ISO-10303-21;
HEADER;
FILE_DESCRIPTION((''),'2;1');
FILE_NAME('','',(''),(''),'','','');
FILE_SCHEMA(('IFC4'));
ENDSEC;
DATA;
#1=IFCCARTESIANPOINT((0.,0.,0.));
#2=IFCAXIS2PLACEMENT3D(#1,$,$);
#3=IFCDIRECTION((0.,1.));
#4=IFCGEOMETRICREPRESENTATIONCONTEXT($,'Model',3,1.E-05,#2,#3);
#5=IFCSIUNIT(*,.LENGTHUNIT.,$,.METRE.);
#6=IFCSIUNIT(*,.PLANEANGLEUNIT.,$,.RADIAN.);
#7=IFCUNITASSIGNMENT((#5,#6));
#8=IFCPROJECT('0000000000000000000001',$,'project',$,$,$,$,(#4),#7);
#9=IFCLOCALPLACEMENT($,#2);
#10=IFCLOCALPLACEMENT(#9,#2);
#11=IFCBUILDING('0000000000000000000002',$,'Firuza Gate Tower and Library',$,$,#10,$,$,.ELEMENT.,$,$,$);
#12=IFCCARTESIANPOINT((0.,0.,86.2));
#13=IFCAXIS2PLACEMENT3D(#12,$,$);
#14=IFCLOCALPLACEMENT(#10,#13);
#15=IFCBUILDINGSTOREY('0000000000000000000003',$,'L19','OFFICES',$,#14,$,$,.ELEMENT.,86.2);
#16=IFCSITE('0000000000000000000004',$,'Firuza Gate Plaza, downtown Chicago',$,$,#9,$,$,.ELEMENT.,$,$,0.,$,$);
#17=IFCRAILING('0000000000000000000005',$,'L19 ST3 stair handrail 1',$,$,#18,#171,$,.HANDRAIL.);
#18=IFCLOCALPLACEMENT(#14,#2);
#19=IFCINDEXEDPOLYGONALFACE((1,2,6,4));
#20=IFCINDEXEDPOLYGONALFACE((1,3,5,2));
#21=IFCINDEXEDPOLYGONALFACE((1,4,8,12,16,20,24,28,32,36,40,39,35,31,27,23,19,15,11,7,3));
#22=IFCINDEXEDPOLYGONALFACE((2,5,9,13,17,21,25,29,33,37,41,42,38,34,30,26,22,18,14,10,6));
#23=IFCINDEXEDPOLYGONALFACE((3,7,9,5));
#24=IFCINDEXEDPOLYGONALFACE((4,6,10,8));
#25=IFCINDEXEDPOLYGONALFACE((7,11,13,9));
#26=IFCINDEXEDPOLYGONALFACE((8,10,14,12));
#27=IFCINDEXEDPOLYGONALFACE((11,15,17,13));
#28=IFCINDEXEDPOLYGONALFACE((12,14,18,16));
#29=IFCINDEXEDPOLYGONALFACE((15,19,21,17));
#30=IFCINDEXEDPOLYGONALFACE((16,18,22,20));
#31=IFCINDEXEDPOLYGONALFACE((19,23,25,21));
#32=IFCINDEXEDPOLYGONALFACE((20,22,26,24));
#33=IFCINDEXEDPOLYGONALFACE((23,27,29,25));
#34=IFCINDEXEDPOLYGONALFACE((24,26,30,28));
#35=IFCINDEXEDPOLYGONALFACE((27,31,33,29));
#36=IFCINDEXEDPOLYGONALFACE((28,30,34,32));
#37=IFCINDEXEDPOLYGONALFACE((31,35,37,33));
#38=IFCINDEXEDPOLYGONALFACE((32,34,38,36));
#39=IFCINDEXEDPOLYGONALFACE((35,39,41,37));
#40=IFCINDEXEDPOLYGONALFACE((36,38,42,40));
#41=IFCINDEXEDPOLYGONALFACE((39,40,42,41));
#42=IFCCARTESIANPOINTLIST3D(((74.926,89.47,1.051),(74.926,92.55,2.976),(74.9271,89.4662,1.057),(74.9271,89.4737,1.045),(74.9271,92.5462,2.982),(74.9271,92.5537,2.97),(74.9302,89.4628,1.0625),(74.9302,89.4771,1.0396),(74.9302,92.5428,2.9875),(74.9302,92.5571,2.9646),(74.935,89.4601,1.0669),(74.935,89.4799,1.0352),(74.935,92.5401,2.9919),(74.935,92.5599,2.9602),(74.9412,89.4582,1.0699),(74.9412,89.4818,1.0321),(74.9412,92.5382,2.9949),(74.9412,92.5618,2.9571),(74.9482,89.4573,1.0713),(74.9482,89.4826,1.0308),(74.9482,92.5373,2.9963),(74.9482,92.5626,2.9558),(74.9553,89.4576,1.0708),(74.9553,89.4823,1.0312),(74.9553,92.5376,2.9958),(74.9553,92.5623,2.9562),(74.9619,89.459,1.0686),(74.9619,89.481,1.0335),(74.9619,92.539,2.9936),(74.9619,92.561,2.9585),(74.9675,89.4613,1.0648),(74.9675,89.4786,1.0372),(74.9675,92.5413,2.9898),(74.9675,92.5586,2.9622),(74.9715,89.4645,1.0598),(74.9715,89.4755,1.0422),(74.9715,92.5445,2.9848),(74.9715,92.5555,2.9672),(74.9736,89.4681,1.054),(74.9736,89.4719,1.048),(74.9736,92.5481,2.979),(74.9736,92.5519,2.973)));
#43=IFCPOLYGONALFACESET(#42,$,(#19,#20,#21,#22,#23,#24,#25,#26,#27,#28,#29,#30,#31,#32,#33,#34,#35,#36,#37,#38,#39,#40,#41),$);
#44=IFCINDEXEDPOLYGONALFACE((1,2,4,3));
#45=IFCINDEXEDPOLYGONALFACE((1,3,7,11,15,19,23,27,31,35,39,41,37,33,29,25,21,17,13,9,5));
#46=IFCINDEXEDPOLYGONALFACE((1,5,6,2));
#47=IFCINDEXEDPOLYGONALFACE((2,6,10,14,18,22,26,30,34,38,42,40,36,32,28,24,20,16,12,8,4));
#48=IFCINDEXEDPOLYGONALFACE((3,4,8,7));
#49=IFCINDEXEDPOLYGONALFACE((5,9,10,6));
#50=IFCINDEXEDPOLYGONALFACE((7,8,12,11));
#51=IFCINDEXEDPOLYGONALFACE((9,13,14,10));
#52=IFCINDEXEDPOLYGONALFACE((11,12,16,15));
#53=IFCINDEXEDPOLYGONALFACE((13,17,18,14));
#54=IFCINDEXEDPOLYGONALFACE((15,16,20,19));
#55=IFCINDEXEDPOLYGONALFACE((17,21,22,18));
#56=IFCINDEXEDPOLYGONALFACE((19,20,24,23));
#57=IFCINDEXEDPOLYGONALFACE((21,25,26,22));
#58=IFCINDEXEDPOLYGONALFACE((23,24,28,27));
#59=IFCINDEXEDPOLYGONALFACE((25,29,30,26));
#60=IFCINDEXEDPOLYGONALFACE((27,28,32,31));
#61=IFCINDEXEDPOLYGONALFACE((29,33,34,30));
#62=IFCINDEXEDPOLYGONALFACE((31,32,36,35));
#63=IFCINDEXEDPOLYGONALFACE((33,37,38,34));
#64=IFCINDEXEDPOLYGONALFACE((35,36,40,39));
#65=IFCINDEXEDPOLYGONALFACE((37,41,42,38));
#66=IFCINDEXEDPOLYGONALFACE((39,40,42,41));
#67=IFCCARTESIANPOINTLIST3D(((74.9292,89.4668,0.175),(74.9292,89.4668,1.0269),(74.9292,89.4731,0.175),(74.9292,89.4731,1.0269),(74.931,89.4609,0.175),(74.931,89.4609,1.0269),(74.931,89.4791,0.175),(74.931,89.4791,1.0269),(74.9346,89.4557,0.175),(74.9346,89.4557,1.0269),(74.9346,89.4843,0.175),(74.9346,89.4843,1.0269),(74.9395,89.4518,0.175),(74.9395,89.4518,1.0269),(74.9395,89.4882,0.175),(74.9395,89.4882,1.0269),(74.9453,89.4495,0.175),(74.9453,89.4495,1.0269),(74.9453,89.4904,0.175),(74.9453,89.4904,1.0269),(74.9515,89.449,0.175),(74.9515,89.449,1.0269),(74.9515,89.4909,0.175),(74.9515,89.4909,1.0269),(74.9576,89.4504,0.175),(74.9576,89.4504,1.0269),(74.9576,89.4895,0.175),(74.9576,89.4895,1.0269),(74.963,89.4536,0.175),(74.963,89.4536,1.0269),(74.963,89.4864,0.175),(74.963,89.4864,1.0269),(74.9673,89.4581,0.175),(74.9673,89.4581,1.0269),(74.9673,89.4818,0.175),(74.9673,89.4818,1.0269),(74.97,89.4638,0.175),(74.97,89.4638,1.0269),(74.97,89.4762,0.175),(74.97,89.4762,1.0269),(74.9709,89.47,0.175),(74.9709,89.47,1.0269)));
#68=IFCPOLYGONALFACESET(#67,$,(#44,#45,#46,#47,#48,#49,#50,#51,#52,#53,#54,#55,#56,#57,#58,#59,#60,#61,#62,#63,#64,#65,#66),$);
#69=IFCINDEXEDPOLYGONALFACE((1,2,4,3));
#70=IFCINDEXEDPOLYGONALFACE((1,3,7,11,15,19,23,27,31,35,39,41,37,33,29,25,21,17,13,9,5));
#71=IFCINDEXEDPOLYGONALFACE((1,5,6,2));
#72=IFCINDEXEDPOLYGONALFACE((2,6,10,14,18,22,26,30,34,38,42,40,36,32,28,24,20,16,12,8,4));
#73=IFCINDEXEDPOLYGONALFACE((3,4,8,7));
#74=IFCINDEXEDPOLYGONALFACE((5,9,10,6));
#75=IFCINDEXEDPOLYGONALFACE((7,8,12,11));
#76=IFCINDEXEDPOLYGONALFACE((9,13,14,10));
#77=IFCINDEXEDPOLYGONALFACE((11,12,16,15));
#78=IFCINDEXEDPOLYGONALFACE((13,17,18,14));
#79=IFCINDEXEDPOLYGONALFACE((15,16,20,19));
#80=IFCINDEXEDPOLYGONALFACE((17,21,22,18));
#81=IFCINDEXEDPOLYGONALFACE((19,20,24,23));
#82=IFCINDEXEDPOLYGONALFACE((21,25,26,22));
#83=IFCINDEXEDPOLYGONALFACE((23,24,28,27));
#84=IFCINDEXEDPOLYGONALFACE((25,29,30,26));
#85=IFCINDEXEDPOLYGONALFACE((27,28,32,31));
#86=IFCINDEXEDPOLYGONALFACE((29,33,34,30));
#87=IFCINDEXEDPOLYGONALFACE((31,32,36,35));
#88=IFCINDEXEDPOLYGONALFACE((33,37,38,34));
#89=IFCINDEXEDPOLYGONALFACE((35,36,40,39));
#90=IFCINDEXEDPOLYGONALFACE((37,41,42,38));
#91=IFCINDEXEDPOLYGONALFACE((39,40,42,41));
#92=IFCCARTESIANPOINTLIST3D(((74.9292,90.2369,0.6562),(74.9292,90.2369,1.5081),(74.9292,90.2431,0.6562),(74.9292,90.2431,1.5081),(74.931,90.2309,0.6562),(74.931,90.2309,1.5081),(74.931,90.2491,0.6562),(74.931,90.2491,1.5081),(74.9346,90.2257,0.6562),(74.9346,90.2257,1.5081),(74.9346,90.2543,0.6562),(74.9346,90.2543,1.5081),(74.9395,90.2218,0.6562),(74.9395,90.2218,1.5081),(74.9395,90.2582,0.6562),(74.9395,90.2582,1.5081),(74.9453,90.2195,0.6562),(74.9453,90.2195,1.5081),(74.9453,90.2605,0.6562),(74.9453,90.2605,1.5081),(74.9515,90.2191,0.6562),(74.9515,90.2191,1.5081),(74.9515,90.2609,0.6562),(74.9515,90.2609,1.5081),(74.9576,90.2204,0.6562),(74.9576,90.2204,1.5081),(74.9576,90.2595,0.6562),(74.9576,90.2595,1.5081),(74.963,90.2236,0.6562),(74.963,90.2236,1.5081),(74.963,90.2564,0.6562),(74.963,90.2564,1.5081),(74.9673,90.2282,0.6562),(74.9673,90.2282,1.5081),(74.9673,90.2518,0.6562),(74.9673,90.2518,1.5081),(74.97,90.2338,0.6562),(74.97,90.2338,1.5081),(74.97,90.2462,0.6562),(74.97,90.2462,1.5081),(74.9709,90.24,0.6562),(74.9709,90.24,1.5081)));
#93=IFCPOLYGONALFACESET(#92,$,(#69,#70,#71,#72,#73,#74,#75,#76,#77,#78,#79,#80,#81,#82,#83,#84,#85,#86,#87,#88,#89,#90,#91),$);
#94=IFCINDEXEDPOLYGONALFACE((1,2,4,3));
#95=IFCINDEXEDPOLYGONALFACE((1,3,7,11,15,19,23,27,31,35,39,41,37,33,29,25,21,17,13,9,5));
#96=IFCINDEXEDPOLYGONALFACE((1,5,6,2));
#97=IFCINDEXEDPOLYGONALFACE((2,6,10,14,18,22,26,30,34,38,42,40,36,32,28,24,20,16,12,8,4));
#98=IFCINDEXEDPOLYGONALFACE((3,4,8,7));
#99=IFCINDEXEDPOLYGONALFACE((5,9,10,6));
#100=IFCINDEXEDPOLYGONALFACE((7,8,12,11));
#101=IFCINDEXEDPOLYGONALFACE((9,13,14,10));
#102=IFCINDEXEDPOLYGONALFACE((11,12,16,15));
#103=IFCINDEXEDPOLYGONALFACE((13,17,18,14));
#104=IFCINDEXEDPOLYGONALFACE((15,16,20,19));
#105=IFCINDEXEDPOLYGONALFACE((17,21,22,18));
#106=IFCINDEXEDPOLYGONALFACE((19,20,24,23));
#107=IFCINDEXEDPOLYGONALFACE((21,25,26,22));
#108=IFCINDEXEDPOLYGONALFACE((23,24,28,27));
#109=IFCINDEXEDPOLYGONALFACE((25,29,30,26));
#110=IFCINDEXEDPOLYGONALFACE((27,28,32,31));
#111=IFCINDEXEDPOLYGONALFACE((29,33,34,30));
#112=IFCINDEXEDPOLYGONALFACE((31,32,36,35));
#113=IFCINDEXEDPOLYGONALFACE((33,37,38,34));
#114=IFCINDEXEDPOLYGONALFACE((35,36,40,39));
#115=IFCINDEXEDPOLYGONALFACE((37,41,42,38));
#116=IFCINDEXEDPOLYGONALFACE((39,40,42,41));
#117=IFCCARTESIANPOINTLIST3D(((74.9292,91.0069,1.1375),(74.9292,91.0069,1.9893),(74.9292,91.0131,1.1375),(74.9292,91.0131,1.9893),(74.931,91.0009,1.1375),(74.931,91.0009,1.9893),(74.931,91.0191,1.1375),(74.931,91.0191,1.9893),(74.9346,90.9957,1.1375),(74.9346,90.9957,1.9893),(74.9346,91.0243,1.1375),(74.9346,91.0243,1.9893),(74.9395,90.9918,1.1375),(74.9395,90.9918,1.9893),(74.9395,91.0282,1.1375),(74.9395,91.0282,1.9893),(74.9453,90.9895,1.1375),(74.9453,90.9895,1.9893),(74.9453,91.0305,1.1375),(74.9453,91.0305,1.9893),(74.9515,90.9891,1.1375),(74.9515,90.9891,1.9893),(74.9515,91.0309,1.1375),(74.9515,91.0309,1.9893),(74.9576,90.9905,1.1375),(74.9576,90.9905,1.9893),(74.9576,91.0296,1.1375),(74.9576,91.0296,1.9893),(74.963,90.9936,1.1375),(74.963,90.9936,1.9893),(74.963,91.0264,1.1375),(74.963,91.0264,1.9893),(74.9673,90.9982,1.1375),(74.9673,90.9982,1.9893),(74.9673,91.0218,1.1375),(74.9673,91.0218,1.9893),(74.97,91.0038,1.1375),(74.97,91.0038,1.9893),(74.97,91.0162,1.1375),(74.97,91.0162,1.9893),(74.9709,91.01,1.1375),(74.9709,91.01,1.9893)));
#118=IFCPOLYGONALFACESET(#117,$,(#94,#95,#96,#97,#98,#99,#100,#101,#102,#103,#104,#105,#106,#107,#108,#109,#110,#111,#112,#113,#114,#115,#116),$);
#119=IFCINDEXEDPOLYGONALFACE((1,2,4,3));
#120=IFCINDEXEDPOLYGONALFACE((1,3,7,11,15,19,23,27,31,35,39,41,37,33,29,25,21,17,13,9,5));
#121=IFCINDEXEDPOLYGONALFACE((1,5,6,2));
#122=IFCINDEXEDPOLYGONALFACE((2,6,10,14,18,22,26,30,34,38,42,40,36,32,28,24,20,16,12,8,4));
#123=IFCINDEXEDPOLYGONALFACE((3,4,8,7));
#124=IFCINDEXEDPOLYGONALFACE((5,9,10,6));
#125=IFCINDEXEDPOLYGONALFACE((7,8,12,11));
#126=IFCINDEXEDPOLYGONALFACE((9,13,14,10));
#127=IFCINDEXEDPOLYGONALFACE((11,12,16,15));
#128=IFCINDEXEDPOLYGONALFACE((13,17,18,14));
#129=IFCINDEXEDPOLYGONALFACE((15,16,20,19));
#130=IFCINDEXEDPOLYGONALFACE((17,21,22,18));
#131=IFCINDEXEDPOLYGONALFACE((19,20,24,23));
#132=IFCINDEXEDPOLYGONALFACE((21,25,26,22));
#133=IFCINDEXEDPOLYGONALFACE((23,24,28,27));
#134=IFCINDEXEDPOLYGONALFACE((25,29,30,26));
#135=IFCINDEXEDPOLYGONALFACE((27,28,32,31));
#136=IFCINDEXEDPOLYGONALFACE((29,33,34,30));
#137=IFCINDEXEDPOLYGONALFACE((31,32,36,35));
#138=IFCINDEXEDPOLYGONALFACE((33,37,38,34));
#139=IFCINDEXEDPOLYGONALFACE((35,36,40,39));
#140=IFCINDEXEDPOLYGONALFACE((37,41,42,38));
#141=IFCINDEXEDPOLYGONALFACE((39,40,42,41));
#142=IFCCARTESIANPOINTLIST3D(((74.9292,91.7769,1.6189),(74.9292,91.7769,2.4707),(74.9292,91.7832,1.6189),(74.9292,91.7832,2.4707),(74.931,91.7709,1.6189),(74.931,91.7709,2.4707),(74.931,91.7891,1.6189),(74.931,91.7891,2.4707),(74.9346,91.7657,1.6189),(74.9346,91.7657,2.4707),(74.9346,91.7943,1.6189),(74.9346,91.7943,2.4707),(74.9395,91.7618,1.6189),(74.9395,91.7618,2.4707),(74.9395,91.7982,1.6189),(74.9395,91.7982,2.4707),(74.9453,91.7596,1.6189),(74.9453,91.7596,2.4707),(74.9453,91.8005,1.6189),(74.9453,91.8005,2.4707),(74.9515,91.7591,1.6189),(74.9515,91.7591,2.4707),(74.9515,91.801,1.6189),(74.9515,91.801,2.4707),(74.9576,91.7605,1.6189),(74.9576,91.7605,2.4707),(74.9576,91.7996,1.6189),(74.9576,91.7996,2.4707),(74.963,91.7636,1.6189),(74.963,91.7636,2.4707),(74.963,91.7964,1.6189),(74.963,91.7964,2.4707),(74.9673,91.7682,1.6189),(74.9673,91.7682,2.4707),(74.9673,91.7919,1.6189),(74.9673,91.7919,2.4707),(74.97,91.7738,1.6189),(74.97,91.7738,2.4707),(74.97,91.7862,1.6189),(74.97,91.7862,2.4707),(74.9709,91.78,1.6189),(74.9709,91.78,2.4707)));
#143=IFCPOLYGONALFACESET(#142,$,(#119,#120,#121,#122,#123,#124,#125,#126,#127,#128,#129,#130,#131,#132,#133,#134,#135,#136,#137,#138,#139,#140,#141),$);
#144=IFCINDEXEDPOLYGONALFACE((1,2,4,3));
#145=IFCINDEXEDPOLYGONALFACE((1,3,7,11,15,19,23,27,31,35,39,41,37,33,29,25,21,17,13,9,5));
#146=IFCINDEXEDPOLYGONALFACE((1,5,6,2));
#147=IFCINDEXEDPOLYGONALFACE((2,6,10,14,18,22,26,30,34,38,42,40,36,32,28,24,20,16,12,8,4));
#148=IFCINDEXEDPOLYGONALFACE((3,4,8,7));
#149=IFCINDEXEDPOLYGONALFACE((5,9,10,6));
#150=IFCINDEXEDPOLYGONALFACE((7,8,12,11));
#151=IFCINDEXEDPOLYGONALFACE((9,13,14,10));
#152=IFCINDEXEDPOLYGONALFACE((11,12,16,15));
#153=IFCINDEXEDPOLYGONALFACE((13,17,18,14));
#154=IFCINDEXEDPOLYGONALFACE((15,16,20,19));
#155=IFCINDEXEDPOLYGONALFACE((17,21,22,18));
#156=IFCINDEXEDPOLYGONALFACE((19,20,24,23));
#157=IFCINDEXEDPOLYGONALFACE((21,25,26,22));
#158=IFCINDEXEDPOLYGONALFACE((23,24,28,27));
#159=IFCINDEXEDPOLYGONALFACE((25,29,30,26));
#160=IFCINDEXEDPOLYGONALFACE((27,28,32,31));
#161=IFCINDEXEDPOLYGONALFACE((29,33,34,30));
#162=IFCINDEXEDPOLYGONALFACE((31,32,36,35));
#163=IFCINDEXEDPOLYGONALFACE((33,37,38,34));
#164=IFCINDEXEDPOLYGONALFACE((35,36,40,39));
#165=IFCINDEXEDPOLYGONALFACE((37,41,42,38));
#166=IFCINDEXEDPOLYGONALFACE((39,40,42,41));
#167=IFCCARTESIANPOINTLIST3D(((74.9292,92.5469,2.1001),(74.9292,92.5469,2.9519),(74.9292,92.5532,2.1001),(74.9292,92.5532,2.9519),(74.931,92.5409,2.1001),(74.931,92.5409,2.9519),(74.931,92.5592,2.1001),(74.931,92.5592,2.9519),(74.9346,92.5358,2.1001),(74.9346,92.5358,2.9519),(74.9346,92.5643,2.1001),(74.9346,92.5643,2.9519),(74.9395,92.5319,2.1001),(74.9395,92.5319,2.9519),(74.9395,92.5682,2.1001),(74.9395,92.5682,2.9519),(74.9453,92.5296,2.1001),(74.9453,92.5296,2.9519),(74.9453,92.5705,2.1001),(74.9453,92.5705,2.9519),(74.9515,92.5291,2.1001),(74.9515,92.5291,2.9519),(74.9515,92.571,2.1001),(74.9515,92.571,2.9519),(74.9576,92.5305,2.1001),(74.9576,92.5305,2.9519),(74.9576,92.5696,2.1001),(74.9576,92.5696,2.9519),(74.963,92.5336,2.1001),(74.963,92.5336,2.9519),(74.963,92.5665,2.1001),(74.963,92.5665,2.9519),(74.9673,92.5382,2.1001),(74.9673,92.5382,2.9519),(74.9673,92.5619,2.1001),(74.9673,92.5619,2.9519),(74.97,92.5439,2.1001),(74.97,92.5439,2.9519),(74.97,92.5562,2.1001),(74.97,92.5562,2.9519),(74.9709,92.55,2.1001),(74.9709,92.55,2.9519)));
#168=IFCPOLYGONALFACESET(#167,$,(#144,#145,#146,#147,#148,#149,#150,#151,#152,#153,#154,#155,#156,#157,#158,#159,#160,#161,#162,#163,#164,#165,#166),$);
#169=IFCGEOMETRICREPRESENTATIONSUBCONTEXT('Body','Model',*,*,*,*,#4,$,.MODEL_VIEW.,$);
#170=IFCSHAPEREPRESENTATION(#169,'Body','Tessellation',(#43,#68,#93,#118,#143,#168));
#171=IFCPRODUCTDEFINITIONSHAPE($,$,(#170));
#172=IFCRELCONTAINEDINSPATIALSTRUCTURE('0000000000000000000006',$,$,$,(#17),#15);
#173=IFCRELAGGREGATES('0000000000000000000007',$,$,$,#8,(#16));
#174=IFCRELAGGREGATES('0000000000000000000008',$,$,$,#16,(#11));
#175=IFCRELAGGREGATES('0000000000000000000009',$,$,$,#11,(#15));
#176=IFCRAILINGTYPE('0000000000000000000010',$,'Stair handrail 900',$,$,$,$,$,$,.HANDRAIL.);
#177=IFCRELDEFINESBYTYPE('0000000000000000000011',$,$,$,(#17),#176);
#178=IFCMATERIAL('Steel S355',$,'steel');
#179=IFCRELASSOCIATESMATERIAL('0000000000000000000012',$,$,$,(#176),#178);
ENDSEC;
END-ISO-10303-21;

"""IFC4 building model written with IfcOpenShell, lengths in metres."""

from ifc_helpers import new_model, si_unit, direction, frame, origin, origin_2d, place, context, subcontext, project, spatial, circle, extrude, material, type_object, element, save


model = new_model("IFC4")

# Units and contexts
model_context = context("Model", 3, precision=1e-05, world=origin(), true_north=direction((0.0, 1.0)))
body_context = subcontext(model_context, "Body", "Model", "MODEL_VIEW")
ifc_project = project(units=[si_unit("LENGTHUNIT", "METRE"), si_unit("PLANEANGLEUNIT", "RADIAN")], contexts=[model_context])

# Site, building, storey
site_placement = place(None, origin())
site = spatial("IfcSite", under=ifc_project, at=site_placement, Name="Firuza Gate Plaza, downtown Chicago", CompositionType="ELEMENT", RefElevation=0.0)
building_placement = place(site_placement, origin())
building = spatial("IfcBuilding", under=site, at=building_placement, Name="Firuza Gate Tower and Library", CompositionType="ELEMENT")
storey_placement = place(building_placement, frame((0.0, 0.0, 86.2)))
storey = spatial("IfcBuildingStorey", under=building, at=storey_placement, Name="L19", Description="OFFICES", CompositionType="ELEMENT", Elevation=86.2)

# Railing
ifc_material_1 = material(Name="Steel S355", Category="steel")
railing_type_1 = type_object("IfcRailingType", Name="Stair handrail 900", PredefinedType="HANDRAIL", material=ifc_material_1)
railing_1_placement = place(storey_placement, frame((74.95, 89.47, 0.175)))
element("IfcRailing", 1, at=railing_1_placement, inside=storey, type_object=railing_type_1, Name="L19 ST3 stair handrail 1", PredefinedType="HANDRAIL", context=body_context, shape_type="SweptSolid", body=[
    extrude(circle(Radius=0.0239, at=origin_2d()), frame((0.0, 0.0, 0.876), z_axis=(0.0, 0.847998, 0.529999), x_axis=(-1.0, 0.0, 0.0)), (0.0, 0.0, 1.0), 3.6321),
    extrude(circle(Radius=0.021, at=origin_2d()), origin(), (0.0, 0.0, 1.0), 0.8518),
    extrude(circle(Radius=0.021, at=origin_2d()), frame((0.0, 0.77, 0.4812)), (0.0, 0.0, 1.0), 0.8518),
    extrude(circle(Radius=0.021, at=origin_2d()), frame((0.0, 1.54, 0.9624)), (0.0, 0.0, 1.0), 0.8518),
    extrude(circle(Radius=0.021, at=origin_2d()), frame((0.0, 2.3101, 1.4438)), (0.0, 0.0, 1.0), 0.8518),
    extrude(circle(Radius=0.021, at=origin_2d()), frame((0.0, 3.0801, 1.925)), (0.0, 0.0, 1.0), 0.8518),
])

save(model, "model.ifc")
